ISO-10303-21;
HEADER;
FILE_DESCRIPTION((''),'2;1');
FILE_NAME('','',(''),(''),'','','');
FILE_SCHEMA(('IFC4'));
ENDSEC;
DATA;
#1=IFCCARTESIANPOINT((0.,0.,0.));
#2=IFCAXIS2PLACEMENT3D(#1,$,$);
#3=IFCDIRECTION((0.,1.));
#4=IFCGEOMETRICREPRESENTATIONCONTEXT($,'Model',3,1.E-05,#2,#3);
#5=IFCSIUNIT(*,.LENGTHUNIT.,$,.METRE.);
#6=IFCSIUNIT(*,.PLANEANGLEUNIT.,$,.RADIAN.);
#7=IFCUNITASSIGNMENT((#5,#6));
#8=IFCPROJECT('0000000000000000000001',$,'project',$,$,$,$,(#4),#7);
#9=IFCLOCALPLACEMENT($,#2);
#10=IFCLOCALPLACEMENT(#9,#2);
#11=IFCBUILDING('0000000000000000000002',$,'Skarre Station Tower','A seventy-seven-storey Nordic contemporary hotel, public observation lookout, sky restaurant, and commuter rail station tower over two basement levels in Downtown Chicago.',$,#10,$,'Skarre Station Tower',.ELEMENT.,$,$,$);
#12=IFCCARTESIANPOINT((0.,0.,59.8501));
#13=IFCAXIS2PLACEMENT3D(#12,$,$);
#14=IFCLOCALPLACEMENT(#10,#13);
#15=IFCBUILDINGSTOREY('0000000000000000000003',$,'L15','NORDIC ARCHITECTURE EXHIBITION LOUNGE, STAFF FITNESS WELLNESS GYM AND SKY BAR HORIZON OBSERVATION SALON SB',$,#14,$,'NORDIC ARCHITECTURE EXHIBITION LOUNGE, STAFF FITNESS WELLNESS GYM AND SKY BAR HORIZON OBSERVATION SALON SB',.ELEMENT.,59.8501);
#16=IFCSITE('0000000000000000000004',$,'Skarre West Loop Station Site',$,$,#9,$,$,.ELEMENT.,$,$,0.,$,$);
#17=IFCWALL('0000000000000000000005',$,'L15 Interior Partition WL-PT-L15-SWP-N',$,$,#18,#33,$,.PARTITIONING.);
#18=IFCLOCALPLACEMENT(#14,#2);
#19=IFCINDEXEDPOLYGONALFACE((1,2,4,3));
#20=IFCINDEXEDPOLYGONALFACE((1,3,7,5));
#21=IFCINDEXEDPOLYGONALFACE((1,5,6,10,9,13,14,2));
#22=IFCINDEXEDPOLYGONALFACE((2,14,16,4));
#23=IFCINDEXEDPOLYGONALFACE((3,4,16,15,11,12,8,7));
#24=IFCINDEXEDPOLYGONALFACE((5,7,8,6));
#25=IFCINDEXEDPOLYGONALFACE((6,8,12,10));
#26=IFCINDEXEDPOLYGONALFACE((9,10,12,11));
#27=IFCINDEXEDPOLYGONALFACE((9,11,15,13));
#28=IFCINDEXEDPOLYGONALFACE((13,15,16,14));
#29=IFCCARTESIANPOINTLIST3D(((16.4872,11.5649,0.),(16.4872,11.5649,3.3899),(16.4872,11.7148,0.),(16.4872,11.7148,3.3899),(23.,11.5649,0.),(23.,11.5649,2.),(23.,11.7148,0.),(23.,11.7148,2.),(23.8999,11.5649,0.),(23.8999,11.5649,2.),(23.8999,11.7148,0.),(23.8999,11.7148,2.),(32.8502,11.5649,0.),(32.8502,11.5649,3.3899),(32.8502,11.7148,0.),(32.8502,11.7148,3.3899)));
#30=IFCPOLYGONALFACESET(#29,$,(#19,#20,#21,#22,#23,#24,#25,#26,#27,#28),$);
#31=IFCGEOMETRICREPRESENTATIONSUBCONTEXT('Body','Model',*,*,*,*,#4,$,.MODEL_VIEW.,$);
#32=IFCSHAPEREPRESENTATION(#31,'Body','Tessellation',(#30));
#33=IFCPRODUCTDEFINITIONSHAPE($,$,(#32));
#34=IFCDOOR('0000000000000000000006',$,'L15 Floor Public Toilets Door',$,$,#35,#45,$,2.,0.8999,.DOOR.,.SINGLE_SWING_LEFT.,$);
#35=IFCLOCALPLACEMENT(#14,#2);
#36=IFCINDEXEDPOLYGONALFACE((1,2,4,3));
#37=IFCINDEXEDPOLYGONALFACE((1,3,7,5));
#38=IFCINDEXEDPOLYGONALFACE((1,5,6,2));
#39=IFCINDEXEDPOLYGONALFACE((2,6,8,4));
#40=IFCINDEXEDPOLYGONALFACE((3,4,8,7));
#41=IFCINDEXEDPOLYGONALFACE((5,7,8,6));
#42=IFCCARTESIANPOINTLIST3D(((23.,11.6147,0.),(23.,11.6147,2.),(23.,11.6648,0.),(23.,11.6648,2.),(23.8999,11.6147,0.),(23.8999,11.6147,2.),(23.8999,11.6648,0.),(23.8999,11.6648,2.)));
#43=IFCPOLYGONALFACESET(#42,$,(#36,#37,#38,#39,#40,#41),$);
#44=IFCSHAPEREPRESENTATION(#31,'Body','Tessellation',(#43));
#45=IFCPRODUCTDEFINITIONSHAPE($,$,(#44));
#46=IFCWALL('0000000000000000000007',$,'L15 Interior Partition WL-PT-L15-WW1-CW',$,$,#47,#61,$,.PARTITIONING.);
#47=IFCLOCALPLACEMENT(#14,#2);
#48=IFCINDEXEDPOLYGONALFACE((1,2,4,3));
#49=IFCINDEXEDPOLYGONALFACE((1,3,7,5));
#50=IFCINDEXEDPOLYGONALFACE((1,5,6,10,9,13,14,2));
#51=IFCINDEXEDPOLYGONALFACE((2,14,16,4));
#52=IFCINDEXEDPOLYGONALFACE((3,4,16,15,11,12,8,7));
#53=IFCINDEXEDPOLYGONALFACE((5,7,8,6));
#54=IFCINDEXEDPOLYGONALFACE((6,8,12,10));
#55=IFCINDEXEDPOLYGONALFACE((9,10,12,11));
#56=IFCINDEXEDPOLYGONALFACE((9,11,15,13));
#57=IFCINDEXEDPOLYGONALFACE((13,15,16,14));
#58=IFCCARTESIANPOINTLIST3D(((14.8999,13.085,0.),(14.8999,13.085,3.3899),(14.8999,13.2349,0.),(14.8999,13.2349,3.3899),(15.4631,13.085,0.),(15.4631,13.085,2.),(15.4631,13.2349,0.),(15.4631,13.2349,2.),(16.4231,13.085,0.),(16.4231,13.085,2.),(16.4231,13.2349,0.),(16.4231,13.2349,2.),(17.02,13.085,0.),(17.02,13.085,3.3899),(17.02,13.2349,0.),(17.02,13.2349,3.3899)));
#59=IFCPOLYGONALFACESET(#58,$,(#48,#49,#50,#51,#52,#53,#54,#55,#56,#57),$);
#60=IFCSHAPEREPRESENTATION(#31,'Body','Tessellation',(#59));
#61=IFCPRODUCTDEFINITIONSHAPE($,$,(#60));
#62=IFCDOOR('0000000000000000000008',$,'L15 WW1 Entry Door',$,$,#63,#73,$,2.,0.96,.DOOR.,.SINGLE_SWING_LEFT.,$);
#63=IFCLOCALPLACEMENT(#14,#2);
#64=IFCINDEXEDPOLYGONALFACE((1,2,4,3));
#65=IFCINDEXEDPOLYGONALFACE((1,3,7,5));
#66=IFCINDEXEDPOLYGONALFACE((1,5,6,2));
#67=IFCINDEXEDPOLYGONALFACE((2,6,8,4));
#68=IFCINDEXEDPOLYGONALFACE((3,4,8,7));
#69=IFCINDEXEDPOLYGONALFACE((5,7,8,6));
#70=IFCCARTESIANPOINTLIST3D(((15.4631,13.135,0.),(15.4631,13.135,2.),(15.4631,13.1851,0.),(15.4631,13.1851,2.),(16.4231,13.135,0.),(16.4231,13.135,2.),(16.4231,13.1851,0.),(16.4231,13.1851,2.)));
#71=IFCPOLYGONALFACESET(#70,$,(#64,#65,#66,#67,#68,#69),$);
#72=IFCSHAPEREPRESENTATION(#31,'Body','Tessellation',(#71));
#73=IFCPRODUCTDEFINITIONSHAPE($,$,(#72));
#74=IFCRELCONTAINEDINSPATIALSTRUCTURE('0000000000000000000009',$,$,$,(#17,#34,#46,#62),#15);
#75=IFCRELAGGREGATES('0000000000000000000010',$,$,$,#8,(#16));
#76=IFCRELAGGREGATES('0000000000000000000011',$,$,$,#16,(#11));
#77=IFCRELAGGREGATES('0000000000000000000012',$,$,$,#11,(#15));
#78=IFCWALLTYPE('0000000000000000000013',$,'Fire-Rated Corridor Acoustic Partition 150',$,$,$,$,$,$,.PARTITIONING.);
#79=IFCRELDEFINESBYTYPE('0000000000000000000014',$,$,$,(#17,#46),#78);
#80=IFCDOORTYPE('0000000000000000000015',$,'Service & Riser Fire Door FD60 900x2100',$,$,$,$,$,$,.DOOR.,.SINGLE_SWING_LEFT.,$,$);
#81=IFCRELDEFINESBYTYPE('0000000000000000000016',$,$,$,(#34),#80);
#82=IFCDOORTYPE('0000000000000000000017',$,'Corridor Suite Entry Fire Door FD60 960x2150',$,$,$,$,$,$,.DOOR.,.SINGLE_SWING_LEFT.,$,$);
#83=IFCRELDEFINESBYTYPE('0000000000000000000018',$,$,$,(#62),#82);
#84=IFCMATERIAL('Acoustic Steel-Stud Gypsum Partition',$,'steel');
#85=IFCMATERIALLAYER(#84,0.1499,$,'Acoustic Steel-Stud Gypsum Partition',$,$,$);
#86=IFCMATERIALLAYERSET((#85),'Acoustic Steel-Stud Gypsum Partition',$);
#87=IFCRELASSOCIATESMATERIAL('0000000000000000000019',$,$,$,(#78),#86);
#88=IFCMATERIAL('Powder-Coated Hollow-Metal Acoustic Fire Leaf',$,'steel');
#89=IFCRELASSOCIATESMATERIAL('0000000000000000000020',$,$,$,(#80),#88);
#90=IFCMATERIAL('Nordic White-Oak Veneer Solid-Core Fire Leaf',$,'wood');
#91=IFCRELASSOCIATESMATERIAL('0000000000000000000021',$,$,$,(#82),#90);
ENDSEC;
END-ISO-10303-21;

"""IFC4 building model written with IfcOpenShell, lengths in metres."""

from ifc_helpers import new_model, si_unit, direction, frame, frame_2d, origin, place, context, subcontext, project, spatial, rectangle, extrude, material, layer, layer_set, type_object, element, fill, save


model = new_model("IFC4")

# Units and contexts
model_context = context("Model", 3, precision=1e-05, world=origin(), true_north=direction((0.0, 1.0)))
body_context = subcontext(model_context, "Body", "Model", "MODEL_VIEW")
ifc_project = project(units=[si_unit("LENGTHUNIT", "METRE"), si_unit("PLANEANGLEUNIT", "RADIAN")], contexts=[model_context])

# Site, building, storey
site_placement = place(None, origin())
site = spatial("IfcSite", under=ifc_project, at=site_placement, Name="Skarre West Loop Station Site", CompositionType="ELEMENT", RefElevation=0.0)
building_placement = place(site_placement, origin())
building = spatial("IfcBuilding", under=site, at=building_placement, Name="Skarre Station Tower", Description="A seventy-seven-storey Nordic contemporary hotel, public observation lookout, sky restaurant, and commuter rail station tower over two basement levels in Downtown Chicago.", LongName="Skarre Station Tower", CompositionType="ELEMENT")
storey_placement = place(building_placement, frame((0.0, 0.0, 59.8501)))
storey = spatial("IfcBuildingStorey", under=building, at=storey_placement, Name="L15", Description="NORDIC ARCHITECTURE EXHIBITION LOUNGE, STAFF FITNESS WELLNESS GYM AND SKY BAR HORIZON OBSERVATION SALON SB", LongName="NORDIC ARCHITECTURE EXHIBITION LOUNGE, STAFF FITNESS WELLNESS GYM AND SKY BAR HORIZON OBSERVATION SALON SB", CompositionType="ELEMENT", Elevation=59.8501)

# Shared definitions
ifc_material_1 = material(Name="Acoustic Steel-Stud Gypsum Partition", Category="steel")
ifc_layer_1 = layer(ifc_material_1, 0.1499, Name="Acoustic Steel-Stud Gypsum Partition")
ifc_layer_set_1 = layer_set([ifc_layer_1], Name="Acoustic Steel-Stud Gypsum Partition")
wall_type_1 = type_object("IfcWallType", Name="Fire-Rated Corridor Acoustic Partition 150", PredefinedType="PARTITIONING", material=ifc_layer_set_1)

# Walls, openings, doors
ifc_material_2 = material(Name="Powder-Coated Hollow-Metal Acoustic Fire Leaf", Category="steel")
wall_1_placement = place(storey_placement, frame((16.4871, 11.6399, 0.0), z_axis=(0.0, 0.0, 1.0), x_axis=(1.0, 0.0, 0.0)))
wall_1 = element("IfcWall", 1, at=wall_1_placement, inside=storey, type_object=wall_type_1, Name="L15 Interior Partition WL-PT-L15-SWP-N", PredefinedType="PARTITIONING", context=body_context, shape_type="SweptSolid", body=[
    extrude(rectangle(XDim=16.363, YDim=0.1499, at=frame_2d((8.1816, 0.0))), origin(), (0.0, 0.0, 1.0), 3.3899),
])
opening_1_placement = place(wall_1_placement, frame((6.5129, 0.0, 0.0)))
opening_1 = element("IfcOpeningElement", 2, at=opening_1_placement, cuts=wall_1, PredefinedType="OPENING", context=body_context, shape_type="SweptSolid", body=[
    extrude(rectangle(XDim=0.8999, YDim=2.0, at=frame_2d((0.45, 1.0))), frame((0.0, 0.085, 0.0), z_axis=(0.0, -1.0, 0.0), x_axis=(1.0, 0.0, 0.0)), (0.0, 0.0, 1.0), 0.1699),
])
door_type_1 = type_object("IfcDoorType", Name="Service & Riser Fire Door FD60 900x2100", OperationType="SINGLE_SWING_LEFT", PredefinedType="DOOR", material=ifc_material_2)
door_1_placement = place(opening_1_placement, origin())
door_1 = element("IfcDoor", 3, at=door_1_placement, inside=storey, type_object=door_type_1, Name="L15 Floor Public Toilets Door", OperationType="SINGLE_SWING_LEFT", OverallHeight=2.0, OverallWidth=0.8999, PredefinedType="DOOR", context=body_context, shape_type="SweptSolid", body=[
    extrude(rectangle(XDim=0.8999, YDim=2.0, at=frame_2d((0.45, 1.0))), frame((0.0, 0.0249, 0.0), z_axis=(0.0, -1.0, 0.0), x_axis=(1.0, 0.0, 0.0)), (0.0, 0.0, 1.0), 0.05),
])
fill(opening_1, door_1)
wall_2_placement = place(storey_placement, frame((17.02, 13.1599, 0.0), z_axis=(0.0, 0.0, 1.0), x_axis=(-1.0, 0.0, 0.0)))
wall_2 = element("IfcWall", 4, at=wall_2_placement, inside=storey, type_object=wall_type_1, Name="L15 Interior Partition WL-PT-L15-WW1-CW", PredefinedType="PARTITIONING", context=body_context, shape_type="SweptSolid", body=[
    extrude(rectangle(XDim=2.1201, YDim=0.1499, at=frame_2d((1.0601, 0.0))), origin(), (0.0, 0.0, 1.0), 3.3899),
])
opening_2_placement = place(wall_2_placement, frame((0.5969, 0.0, 0.0)))
opening_2 = element("IfcOpeningElement", 5, at=opening_2_placement, cuts=wall_2, PredefinedType="OPENING", context=body_context, shape_type="SweptSolid", body=[
    extrude(rectangle(XDim=0.96, YDim=2.0, at=frame_2d((0.48, 1.0))), frame((0.0, 0.085, 0.0), z_axis=(0.0, -1.0, 0.0), x_axis=(1.0, 0.0, 0.0)), (0.0, 0.0, 1.0), 0.1699),
])
ifc_material_3 = material(Name="Nordic White-Oak Veneer Solid-Core Fire Leaf", Category="wood")
door_type_2 = type_object("IfcDoorType", Name="Corridor Suite Entry Fire Door FD60 960x2150", OperationType="SINGLE_SWING_LEFT", PredefinedType="DOOR", material=ifc_material_3)
door_2_placement = place(opening_2_placement, origin())
door_2 = element("IfcDoor", 6, at=door_2_placement, inside=storey, type_object=door_type_2, Name="L15 WW1 Entry Door", OperationType="SINGLE_SWING_LEFT", OverallHeight=2.0, OverallWidth=0.96, PredefinedType="DOOR", context=body_context, shape_type="SweptSolid", body=[
    extrude(rectangle(XDim=0.96, YDim=2.0, at=frame_2d((0.48, 1.0))), frame((0.0, 0.0249, 0.0), z_axis=(0.0, -1.0, 0.0), x_axis=(1.0, 0.0, 0.0)), (0.0, 0.0, 1.0), 0.05),
])
fill(opening_2, door_2)

save(model, "model.ifc")
